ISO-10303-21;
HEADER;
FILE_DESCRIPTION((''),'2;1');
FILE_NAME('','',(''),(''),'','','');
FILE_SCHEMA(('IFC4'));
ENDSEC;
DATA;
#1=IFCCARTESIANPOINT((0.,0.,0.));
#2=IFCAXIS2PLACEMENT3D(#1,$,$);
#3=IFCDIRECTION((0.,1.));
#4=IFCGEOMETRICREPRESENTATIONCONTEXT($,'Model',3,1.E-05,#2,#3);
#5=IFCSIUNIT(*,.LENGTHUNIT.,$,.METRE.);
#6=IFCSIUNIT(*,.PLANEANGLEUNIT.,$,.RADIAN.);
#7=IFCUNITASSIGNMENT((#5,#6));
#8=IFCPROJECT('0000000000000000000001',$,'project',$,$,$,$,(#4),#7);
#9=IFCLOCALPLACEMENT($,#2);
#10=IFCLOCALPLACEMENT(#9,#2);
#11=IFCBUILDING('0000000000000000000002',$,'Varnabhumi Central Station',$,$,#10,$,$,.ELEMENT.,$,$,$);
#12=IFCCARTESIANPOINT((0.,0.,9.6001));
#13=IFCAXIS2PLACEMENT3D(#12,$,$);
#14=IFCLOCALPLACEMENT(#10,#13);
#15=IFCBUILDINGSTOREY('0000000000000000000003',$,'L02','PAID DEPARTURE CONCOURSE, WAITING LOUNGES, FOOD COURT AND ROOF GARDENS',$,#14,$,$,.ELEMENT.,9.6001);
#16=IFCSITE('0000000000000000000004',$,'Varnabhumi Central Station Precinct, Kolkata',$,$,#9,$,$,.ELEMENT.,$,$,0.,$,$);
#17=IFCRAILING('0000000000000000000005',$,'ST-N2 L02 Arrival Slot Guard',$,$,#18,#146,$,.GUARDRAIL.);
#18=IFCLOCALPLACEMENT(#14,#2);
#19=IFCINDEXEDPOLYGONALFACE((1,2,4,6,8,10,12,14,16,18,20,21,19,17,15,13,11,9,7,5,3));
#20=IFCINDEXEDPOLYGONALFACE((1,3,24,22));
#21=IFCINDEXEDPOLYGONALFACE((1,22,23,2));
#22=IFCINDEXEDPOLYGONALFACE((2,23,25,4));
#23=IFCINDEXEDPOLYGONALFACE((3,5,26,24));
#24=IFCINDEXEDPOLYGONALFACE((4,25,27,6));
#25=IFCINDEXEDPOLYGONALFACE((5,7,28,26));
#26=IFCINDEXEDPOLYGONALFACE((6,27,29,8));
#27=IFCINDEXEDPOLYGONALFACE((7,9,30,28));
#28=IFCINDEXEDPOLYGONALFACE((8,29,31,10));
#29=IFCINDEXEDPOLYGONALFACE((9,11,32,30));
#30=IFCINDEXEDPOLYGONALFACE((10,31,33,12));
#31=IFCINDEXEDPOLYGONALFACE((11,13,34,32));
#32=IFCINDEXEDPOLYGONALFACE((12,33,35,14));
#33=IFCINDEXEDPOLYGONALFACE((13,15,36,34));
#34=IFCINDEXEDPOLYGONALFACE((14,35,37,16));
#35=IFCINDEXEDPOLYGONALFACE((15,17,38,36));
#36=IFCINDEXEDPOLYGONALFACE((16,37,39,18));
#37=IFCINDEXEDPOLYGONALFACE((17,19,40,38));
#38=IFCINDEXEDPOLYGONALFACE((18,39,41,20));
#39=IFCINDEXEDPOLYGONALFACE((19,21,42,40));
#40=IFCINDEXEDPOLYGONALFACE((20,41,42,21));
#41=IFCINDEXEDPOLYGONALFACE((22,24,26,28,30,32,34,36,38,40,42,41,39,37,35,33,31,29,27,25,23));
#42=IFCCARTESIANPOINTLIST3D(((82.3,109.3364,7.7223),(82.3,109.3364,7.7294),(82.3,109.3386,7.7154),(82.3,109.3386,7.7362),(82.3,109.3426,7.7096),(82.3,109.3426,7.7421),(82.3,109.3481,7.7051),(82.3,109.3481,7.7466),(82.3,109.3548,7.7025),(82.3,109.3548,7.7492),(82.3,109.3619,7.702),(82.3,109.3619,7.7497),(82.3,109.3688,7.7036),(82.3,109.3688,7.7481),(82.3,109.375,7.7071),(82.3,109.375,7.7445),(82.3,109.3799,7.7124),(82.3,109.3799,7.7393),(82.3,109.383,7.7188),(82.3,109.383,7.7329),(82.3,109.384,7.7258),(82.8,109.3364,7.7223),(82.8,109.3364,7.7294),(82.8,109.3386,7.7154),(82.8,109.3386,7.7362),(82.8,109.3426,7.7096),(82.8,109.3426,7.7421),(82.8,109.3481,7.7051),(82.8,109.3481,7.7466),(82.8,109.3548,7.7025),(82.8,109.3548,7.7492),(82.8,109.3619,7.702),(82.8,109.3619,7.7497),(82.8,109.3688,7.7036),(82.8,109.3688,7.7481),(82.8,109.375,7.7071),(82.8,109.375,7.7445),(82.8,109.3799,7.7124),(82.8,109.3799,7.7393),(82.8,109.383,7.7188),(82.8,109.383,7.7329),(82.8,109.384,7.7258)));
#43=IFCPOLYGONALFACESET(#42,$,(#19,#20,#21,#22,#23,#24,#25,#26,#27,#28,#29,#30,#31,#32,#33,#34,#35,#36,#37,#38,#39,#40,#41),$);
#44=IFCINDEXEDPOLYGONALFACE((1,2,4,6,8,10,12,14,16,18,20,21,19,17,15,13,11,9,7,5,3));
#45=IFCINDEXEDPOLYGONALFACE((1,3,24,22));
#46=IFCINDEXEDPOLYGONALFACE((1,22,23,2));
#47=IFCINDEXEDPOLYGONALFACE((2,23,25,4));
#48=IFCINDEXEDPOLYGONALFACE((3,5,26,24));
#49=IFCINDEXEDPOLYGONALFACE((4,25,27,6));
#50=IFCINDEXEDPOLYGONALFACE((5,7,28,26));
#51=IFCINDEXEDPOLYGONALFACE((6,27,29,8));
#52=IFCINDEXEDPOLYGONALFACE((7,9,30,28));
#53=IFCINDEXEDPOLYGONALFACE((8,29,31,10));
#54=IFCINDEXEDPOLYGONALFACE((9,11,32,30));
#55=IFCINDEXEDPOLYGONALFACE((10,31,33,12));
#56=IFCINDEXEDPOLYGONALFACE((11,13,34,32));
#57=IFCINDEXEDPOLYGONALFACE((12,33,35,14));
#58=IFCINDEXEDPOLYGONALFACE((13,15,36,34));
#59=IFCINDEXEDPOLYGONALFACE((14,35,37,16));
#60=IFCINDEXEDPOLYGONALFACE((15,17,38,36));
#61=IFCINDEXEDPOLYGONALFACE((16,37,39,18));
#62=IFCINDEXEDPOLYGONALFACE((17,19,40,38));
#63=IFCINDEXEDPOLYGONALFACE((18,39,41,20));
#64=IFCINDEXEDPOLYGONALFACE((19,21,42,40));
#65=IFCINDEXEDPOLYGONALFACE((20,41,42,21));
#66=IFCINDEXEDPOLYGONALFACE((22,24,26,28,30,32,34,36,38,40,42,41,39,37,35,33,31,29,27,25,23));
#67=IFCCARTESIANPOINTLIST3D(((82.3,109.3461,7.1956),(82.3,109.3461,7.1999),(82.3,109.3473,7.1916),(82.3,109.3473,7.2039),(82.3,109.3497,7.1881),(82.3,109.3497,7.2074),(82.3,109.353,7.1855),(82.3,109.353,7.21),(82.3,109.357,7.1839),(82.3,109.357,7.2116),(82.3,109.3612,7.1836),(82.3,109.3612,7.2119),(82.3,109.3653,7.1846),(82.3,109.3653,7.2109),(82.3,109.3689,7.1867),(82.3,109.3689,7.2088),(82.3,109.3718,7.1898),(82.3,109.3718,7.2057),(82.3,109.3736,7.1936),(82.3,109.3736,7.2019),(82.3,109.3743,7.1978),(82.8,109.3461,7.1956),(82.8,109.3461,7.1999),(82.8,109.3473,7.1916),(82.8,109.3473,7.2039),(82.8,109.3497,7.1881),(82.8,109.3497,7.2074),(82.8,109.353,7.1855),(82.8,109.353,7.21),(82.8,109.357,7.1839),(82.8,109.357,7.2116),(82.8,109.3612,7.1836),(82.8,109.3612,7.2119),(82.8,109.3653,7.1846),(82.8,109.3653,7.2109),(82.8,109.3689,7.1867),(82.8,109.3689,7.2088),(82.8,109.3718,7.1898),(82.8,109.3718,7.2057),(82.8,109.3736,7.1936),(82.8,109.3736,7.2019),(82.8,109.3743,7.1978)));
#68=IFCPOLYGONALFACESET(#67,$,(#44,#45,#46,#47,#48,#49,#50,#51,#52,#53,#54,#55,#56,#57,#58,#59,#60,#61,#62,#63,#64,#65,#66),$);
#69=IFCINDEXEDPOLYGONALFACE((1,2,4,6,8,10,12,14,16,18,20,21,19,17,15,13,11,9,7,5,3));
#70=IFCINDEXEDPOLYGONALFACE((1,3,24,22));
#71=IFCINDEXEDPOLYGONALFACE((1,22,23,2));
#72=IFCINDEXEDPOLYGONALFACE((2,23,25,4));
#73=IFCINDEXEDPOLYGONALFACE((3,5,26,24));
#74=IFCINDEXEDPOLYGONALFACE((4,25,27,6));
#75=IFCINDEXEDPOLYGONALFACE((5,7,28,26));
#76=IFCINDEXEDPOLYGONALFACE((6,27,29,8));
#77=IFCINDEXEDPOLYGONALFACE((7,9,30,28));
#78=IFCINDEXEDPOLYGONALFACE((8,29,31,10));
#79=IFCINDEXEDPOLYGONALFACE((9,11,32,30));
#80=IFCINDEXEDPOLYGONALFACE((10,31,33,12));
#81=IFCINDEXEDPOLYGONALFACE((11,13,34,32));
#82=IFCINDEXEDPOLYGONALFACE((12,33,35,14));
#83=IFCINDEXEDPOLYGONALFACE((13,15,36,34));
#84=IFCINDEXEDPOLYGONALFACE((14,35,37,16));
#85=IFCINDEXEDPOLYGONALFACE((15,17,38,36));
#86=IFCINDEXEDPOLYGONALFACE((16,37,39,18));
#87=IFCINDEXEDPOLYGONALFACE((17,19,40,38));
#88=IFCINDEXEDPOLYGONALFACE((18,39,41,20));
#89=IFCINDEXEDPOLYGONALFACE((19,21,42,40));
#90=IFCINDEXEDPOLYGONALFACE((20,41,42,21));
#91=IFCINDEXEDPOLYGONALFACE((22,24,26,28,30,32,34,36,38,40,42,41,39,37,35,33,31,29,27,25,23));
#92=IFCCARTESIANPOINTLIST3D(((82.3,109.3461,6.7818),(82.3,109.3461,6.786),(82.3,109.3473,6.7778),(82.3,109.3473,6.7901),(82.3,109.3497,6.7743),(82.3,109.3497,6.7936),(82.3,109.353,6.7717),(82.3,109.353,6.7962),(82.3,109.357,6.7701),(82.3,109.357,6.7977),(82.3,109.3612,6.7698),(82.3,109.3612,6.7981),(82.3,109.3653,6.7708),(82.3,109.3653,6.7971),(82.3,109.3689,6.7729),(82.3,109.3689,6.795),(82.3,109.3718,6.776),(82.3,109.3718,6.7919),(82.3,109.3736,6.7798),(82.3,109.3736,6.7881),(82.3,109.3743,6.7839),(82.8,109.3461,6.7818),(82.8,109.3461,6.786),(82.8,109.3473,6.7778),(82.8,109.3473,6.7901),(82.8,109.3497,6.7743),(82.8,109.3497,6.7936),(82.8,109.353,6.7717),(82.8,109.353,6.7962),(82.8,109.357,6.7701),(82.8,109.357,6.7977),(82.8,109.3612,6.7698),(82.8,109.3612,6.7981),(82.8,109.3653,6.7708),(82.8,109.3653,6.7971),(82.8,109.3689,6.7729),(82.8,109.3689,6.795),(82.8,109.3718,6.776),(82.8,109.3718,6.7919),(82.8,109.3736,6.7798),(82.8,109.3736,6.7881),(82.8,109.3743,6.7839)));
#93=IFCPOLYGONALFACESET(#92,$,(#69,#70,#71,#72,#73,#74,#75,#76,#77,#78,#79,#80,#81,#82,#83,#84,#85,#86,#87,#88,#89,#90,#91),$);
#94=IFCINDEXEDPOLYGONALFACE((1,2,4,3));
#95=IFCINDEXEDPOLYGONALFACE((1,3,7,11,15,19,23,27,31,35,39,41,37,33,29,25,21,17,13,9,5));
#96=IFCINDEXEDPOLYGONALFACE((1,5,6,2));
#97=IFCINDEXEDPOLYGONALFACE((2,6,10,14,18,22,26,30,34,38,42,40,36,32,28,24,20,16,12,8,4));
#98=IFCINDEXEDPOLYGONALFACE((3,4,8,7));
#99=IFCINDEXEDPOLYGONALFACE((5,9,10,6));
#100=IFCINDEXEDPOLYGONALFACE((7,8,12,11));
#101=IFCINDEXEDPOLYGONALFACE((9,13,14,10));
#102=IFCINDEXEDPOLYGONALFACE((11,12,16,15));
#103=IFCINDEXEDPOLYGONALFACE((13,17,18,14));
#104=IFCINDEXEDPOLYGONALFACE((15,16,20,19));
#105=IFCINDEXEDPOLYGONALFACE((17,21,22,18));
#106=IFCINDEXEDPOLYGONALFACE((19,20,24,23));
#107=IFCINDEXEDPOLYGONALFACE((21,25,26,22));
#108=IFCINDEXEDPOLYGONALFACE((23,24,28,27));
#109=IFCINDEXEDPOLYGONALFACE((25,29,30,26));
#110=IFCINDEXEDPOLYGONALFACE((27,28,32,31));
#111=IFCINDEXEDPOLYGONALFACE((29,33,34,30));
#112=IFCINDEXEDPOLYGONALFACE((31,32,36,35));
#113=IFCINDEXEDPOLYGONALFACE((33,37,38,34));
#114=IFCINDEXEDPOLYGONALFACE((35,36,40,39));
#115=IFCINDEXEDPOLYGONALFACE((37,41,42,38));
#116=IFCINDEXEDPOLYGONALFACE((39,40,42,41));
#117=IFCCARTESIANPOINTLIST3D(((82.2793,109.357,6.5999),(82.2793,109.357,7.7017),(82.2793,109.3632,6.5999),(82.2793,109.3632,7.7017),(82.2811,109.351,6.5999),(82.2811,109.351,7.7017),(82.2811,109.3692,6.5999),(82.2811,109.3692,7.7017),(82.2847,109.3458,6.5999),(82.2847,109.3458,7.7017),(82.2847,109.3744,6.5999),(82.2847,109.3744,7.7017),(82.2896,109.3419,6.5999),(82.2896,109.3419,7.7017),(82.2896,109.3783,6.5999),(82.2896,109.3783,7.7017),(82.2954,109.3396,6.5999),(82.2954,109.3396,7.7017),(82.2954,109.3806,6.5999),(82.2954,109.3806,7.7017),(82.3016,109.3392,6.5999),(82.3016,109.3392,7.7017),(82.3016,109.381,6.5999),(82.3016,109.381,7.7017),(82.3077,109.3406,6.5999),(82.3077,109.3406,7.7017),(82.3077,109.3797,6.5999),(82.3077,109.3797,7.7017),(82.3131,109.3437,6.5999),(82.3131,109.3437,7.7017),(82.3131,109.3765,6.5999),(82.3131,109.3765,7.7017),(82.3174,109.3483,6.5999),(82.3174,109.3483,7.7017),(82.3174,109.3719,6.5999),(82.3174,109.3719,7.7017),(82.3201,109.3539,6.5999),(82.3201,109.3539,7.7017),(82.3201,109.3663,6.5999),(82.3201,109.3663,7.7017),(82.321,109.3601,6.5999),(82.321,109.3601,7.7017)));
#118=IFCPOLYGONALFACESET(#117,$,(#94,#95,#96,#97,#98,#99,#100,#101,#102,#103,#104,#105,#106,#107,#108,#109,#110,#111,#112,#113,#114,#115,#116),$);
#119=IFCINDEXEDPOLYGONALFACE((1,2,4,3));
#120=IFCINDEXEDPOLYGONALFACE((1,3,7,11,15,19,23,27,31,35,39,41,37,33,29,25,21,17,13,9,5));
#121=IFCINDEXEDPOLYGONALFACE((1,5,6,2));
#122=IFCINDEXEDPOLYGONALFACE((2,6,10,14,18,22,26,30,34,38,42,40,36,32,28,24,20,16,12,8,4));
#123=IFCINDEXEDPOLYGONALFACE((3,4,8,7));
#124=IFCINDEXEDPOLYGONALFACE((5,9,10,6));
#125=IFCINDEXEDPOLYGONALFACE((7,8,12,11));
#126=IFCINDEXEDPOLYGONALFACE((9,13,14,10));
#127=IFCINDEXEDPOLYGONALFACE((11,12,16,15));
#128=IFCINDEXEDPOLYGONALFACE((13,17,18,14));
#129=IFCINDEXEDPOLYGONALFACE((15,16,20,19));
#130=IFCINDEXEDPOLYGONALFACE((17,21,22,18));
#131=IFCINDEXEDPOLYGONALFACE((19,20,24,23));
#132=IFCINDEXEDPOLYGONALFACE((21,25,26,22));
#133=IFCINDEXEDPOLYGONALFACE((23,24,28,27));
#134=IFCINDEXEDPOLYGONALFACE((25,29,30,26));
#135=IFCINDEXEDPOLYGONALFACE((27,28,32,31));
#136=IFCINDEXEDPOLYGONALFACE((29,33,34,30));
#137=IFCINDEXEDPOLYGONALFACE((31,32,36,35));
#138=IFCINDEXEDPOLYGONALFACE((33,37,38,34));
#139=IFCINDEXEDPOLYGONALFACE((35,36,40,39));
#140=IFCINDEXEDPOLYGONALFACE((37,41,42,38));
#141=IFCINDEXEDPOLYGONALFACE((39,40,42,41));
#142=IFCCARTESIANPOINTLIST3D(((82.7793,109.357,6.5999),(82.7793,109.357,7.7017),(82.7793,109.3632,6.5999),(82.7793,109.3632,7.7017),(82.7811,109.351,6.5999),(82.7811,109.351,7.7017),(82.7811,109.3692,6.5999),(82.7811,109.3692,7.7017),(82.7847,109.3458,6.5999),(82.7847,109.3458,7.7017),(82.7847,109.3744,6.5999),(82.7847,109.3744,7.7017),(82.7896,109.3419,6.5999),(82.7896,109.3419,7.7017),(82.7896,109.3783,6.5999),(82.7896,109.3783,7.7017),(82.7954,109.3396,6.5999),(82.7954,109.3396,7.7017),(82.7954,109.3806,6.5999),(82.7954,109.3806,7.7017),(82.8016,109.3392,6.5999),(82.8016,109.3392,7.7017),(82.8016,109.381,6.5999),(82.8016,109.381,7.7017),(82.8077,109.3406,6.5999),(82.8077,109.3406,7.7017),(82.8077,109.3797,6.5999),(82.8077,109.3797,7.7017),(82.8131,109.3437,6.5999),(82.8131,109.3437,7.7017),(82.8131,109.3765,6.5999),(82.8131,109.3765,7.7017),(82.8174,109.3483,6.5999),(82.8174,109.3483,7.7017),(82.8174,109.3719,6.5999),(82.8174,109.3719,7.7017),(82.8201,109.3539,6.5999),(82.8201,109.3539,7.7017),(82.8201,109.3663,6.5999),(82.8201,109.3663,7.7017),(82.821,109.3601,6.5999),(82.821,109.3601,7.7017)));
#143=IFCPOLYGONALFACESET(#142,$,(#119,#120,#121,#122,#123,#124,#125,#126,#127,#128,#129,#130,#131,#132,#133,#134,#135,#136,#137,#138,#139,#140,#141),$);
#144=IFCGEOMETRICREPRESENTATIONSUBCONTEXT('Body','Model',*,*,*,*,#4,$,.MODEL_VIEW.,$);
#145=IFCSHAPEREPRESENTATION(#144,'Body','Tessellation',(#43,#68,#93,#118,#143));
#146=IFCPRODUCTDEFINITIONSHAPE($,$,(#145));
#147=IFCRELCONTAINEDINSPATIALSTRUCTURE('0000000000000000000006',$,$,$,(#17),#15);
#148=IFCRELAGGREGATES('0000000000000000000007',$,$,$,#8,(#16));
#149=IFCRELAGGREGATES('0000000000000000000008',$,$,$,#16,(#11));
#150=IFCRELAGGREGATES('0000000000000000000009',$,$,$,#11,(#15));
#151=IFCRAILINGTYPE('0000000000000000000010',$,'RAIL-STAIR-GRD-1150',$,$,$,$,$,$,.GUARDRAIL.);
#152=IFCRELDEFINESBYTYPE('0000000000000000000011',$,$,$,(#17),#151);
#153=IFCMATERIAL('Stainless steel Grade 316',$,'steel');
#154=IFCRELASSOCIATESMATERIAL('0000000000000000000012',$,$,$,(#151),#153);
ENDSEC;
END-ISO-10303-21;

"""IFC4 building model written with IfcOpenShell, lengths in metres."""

from ifc_helpers import new_model, si_unit, direction, frame, origin, origin_2d, place, context, subcontext, project, spatial, circle, extrude, material, type_object, element, save


model = new_model("IFC4")

# Units and contexts
model_context = context("Model", 3, precision=1e-05, world=origin(), true_north=direction((0.0, 1.0)))
body_context = subcontext(model_context, "Body", "Model", "MODEL_VIEW")
ifc_project = project(units=[si_unit("LENGTHUNIT", "METRE"), si_unit("PLANEANGLEUNIT", "RADIAN")], contexts=[model_context])

# Site, building, storey
site_placement = place(None, origin())
site = spatial("IfcSite", under=ifc_project, at=site_placement, Name="Varnabhumi Central Station Precinct, Kolkata", CompositionType="ELEMENT", RefElevation=0.0)
building_placement = place(site_placement, origin())
building = spatial("IfcBuilding", under=site, at=building_placement, Name="Varnabhumi Central Station", CompositionType="ELEMENT")
storey_placement = place(building_placement, frame((0.0, 0.0, 9.6001)))
storey = spatial("IfcBuildingStorey", under=building, at=storey_placement, Name="L02", Description="PAID DEPARTURE CONCOURSE, WAITING LOUNGES, FOOD COURT AND ROOF GARDENS", CompositionType="ELEMENT", Elevation=9.6001)

# Shared definitions
ifc_material_1 = material(Name="Stainless steel Grade 316", Category="steel")

# Railing
railing_type_1 = type_object("IfcRailingType", Name="RAIL-STAIR-GRD-1150", PredefinedType="GUARDRAIL", material=ifc_material_1)
for number, where, name in (
    (1, (82.3, 109.3601, 6.5999), "ST-N2 L02 Arrival Slot Guard"),
):
    element("IfcRailing", number, at=place(storey_placement, frame(where)), inside=storey, type_object=railing_type_1, Name=name, PredefinedType="GUARDRAIL", context=body_context, shape_type="SweptSolid", body=[
        extrude(circle(Radius=0.0239, at=origin_2d()), frame((0.0, 0.0, 1.126), z_axis=(1.0, 0.0, 0.0), x_axis=(0.0, 1.0, 0.0)), (0.0, 0.0, 1.0), 0.5),
        extrude(circle(Radius=0.0142, at=origin_2d()), frame((0.0, 0.0, 0.5979), z_axis=(1.0, 0.0, 0.0), x_axis=(0.0, 1.0, 0.0)), (0.0, 0.0, 1.0), 0.5),
        extrude(circle(Radius=0.0142, at=origin_2d()), frame((0.0, 0.0, 0.1841), z_axis=(1.0, 0.0, 0.0), x_axis=(0.0, 1.0, 0.0)), (0.0, 0.0, 1.0), 0.5),
        extrude(circle(Radius=0.021, at=origin_2d()), origin(), (0.0, 0.0, 1.0), 1.1018),
        extrude(circle(Radius=0.021, at=origin_2d()), frame((0.5, 0.0, 0.0)), (0.0, 0.0, 1.0), 1.1018),
    ])

save(model, "model.ifc")
